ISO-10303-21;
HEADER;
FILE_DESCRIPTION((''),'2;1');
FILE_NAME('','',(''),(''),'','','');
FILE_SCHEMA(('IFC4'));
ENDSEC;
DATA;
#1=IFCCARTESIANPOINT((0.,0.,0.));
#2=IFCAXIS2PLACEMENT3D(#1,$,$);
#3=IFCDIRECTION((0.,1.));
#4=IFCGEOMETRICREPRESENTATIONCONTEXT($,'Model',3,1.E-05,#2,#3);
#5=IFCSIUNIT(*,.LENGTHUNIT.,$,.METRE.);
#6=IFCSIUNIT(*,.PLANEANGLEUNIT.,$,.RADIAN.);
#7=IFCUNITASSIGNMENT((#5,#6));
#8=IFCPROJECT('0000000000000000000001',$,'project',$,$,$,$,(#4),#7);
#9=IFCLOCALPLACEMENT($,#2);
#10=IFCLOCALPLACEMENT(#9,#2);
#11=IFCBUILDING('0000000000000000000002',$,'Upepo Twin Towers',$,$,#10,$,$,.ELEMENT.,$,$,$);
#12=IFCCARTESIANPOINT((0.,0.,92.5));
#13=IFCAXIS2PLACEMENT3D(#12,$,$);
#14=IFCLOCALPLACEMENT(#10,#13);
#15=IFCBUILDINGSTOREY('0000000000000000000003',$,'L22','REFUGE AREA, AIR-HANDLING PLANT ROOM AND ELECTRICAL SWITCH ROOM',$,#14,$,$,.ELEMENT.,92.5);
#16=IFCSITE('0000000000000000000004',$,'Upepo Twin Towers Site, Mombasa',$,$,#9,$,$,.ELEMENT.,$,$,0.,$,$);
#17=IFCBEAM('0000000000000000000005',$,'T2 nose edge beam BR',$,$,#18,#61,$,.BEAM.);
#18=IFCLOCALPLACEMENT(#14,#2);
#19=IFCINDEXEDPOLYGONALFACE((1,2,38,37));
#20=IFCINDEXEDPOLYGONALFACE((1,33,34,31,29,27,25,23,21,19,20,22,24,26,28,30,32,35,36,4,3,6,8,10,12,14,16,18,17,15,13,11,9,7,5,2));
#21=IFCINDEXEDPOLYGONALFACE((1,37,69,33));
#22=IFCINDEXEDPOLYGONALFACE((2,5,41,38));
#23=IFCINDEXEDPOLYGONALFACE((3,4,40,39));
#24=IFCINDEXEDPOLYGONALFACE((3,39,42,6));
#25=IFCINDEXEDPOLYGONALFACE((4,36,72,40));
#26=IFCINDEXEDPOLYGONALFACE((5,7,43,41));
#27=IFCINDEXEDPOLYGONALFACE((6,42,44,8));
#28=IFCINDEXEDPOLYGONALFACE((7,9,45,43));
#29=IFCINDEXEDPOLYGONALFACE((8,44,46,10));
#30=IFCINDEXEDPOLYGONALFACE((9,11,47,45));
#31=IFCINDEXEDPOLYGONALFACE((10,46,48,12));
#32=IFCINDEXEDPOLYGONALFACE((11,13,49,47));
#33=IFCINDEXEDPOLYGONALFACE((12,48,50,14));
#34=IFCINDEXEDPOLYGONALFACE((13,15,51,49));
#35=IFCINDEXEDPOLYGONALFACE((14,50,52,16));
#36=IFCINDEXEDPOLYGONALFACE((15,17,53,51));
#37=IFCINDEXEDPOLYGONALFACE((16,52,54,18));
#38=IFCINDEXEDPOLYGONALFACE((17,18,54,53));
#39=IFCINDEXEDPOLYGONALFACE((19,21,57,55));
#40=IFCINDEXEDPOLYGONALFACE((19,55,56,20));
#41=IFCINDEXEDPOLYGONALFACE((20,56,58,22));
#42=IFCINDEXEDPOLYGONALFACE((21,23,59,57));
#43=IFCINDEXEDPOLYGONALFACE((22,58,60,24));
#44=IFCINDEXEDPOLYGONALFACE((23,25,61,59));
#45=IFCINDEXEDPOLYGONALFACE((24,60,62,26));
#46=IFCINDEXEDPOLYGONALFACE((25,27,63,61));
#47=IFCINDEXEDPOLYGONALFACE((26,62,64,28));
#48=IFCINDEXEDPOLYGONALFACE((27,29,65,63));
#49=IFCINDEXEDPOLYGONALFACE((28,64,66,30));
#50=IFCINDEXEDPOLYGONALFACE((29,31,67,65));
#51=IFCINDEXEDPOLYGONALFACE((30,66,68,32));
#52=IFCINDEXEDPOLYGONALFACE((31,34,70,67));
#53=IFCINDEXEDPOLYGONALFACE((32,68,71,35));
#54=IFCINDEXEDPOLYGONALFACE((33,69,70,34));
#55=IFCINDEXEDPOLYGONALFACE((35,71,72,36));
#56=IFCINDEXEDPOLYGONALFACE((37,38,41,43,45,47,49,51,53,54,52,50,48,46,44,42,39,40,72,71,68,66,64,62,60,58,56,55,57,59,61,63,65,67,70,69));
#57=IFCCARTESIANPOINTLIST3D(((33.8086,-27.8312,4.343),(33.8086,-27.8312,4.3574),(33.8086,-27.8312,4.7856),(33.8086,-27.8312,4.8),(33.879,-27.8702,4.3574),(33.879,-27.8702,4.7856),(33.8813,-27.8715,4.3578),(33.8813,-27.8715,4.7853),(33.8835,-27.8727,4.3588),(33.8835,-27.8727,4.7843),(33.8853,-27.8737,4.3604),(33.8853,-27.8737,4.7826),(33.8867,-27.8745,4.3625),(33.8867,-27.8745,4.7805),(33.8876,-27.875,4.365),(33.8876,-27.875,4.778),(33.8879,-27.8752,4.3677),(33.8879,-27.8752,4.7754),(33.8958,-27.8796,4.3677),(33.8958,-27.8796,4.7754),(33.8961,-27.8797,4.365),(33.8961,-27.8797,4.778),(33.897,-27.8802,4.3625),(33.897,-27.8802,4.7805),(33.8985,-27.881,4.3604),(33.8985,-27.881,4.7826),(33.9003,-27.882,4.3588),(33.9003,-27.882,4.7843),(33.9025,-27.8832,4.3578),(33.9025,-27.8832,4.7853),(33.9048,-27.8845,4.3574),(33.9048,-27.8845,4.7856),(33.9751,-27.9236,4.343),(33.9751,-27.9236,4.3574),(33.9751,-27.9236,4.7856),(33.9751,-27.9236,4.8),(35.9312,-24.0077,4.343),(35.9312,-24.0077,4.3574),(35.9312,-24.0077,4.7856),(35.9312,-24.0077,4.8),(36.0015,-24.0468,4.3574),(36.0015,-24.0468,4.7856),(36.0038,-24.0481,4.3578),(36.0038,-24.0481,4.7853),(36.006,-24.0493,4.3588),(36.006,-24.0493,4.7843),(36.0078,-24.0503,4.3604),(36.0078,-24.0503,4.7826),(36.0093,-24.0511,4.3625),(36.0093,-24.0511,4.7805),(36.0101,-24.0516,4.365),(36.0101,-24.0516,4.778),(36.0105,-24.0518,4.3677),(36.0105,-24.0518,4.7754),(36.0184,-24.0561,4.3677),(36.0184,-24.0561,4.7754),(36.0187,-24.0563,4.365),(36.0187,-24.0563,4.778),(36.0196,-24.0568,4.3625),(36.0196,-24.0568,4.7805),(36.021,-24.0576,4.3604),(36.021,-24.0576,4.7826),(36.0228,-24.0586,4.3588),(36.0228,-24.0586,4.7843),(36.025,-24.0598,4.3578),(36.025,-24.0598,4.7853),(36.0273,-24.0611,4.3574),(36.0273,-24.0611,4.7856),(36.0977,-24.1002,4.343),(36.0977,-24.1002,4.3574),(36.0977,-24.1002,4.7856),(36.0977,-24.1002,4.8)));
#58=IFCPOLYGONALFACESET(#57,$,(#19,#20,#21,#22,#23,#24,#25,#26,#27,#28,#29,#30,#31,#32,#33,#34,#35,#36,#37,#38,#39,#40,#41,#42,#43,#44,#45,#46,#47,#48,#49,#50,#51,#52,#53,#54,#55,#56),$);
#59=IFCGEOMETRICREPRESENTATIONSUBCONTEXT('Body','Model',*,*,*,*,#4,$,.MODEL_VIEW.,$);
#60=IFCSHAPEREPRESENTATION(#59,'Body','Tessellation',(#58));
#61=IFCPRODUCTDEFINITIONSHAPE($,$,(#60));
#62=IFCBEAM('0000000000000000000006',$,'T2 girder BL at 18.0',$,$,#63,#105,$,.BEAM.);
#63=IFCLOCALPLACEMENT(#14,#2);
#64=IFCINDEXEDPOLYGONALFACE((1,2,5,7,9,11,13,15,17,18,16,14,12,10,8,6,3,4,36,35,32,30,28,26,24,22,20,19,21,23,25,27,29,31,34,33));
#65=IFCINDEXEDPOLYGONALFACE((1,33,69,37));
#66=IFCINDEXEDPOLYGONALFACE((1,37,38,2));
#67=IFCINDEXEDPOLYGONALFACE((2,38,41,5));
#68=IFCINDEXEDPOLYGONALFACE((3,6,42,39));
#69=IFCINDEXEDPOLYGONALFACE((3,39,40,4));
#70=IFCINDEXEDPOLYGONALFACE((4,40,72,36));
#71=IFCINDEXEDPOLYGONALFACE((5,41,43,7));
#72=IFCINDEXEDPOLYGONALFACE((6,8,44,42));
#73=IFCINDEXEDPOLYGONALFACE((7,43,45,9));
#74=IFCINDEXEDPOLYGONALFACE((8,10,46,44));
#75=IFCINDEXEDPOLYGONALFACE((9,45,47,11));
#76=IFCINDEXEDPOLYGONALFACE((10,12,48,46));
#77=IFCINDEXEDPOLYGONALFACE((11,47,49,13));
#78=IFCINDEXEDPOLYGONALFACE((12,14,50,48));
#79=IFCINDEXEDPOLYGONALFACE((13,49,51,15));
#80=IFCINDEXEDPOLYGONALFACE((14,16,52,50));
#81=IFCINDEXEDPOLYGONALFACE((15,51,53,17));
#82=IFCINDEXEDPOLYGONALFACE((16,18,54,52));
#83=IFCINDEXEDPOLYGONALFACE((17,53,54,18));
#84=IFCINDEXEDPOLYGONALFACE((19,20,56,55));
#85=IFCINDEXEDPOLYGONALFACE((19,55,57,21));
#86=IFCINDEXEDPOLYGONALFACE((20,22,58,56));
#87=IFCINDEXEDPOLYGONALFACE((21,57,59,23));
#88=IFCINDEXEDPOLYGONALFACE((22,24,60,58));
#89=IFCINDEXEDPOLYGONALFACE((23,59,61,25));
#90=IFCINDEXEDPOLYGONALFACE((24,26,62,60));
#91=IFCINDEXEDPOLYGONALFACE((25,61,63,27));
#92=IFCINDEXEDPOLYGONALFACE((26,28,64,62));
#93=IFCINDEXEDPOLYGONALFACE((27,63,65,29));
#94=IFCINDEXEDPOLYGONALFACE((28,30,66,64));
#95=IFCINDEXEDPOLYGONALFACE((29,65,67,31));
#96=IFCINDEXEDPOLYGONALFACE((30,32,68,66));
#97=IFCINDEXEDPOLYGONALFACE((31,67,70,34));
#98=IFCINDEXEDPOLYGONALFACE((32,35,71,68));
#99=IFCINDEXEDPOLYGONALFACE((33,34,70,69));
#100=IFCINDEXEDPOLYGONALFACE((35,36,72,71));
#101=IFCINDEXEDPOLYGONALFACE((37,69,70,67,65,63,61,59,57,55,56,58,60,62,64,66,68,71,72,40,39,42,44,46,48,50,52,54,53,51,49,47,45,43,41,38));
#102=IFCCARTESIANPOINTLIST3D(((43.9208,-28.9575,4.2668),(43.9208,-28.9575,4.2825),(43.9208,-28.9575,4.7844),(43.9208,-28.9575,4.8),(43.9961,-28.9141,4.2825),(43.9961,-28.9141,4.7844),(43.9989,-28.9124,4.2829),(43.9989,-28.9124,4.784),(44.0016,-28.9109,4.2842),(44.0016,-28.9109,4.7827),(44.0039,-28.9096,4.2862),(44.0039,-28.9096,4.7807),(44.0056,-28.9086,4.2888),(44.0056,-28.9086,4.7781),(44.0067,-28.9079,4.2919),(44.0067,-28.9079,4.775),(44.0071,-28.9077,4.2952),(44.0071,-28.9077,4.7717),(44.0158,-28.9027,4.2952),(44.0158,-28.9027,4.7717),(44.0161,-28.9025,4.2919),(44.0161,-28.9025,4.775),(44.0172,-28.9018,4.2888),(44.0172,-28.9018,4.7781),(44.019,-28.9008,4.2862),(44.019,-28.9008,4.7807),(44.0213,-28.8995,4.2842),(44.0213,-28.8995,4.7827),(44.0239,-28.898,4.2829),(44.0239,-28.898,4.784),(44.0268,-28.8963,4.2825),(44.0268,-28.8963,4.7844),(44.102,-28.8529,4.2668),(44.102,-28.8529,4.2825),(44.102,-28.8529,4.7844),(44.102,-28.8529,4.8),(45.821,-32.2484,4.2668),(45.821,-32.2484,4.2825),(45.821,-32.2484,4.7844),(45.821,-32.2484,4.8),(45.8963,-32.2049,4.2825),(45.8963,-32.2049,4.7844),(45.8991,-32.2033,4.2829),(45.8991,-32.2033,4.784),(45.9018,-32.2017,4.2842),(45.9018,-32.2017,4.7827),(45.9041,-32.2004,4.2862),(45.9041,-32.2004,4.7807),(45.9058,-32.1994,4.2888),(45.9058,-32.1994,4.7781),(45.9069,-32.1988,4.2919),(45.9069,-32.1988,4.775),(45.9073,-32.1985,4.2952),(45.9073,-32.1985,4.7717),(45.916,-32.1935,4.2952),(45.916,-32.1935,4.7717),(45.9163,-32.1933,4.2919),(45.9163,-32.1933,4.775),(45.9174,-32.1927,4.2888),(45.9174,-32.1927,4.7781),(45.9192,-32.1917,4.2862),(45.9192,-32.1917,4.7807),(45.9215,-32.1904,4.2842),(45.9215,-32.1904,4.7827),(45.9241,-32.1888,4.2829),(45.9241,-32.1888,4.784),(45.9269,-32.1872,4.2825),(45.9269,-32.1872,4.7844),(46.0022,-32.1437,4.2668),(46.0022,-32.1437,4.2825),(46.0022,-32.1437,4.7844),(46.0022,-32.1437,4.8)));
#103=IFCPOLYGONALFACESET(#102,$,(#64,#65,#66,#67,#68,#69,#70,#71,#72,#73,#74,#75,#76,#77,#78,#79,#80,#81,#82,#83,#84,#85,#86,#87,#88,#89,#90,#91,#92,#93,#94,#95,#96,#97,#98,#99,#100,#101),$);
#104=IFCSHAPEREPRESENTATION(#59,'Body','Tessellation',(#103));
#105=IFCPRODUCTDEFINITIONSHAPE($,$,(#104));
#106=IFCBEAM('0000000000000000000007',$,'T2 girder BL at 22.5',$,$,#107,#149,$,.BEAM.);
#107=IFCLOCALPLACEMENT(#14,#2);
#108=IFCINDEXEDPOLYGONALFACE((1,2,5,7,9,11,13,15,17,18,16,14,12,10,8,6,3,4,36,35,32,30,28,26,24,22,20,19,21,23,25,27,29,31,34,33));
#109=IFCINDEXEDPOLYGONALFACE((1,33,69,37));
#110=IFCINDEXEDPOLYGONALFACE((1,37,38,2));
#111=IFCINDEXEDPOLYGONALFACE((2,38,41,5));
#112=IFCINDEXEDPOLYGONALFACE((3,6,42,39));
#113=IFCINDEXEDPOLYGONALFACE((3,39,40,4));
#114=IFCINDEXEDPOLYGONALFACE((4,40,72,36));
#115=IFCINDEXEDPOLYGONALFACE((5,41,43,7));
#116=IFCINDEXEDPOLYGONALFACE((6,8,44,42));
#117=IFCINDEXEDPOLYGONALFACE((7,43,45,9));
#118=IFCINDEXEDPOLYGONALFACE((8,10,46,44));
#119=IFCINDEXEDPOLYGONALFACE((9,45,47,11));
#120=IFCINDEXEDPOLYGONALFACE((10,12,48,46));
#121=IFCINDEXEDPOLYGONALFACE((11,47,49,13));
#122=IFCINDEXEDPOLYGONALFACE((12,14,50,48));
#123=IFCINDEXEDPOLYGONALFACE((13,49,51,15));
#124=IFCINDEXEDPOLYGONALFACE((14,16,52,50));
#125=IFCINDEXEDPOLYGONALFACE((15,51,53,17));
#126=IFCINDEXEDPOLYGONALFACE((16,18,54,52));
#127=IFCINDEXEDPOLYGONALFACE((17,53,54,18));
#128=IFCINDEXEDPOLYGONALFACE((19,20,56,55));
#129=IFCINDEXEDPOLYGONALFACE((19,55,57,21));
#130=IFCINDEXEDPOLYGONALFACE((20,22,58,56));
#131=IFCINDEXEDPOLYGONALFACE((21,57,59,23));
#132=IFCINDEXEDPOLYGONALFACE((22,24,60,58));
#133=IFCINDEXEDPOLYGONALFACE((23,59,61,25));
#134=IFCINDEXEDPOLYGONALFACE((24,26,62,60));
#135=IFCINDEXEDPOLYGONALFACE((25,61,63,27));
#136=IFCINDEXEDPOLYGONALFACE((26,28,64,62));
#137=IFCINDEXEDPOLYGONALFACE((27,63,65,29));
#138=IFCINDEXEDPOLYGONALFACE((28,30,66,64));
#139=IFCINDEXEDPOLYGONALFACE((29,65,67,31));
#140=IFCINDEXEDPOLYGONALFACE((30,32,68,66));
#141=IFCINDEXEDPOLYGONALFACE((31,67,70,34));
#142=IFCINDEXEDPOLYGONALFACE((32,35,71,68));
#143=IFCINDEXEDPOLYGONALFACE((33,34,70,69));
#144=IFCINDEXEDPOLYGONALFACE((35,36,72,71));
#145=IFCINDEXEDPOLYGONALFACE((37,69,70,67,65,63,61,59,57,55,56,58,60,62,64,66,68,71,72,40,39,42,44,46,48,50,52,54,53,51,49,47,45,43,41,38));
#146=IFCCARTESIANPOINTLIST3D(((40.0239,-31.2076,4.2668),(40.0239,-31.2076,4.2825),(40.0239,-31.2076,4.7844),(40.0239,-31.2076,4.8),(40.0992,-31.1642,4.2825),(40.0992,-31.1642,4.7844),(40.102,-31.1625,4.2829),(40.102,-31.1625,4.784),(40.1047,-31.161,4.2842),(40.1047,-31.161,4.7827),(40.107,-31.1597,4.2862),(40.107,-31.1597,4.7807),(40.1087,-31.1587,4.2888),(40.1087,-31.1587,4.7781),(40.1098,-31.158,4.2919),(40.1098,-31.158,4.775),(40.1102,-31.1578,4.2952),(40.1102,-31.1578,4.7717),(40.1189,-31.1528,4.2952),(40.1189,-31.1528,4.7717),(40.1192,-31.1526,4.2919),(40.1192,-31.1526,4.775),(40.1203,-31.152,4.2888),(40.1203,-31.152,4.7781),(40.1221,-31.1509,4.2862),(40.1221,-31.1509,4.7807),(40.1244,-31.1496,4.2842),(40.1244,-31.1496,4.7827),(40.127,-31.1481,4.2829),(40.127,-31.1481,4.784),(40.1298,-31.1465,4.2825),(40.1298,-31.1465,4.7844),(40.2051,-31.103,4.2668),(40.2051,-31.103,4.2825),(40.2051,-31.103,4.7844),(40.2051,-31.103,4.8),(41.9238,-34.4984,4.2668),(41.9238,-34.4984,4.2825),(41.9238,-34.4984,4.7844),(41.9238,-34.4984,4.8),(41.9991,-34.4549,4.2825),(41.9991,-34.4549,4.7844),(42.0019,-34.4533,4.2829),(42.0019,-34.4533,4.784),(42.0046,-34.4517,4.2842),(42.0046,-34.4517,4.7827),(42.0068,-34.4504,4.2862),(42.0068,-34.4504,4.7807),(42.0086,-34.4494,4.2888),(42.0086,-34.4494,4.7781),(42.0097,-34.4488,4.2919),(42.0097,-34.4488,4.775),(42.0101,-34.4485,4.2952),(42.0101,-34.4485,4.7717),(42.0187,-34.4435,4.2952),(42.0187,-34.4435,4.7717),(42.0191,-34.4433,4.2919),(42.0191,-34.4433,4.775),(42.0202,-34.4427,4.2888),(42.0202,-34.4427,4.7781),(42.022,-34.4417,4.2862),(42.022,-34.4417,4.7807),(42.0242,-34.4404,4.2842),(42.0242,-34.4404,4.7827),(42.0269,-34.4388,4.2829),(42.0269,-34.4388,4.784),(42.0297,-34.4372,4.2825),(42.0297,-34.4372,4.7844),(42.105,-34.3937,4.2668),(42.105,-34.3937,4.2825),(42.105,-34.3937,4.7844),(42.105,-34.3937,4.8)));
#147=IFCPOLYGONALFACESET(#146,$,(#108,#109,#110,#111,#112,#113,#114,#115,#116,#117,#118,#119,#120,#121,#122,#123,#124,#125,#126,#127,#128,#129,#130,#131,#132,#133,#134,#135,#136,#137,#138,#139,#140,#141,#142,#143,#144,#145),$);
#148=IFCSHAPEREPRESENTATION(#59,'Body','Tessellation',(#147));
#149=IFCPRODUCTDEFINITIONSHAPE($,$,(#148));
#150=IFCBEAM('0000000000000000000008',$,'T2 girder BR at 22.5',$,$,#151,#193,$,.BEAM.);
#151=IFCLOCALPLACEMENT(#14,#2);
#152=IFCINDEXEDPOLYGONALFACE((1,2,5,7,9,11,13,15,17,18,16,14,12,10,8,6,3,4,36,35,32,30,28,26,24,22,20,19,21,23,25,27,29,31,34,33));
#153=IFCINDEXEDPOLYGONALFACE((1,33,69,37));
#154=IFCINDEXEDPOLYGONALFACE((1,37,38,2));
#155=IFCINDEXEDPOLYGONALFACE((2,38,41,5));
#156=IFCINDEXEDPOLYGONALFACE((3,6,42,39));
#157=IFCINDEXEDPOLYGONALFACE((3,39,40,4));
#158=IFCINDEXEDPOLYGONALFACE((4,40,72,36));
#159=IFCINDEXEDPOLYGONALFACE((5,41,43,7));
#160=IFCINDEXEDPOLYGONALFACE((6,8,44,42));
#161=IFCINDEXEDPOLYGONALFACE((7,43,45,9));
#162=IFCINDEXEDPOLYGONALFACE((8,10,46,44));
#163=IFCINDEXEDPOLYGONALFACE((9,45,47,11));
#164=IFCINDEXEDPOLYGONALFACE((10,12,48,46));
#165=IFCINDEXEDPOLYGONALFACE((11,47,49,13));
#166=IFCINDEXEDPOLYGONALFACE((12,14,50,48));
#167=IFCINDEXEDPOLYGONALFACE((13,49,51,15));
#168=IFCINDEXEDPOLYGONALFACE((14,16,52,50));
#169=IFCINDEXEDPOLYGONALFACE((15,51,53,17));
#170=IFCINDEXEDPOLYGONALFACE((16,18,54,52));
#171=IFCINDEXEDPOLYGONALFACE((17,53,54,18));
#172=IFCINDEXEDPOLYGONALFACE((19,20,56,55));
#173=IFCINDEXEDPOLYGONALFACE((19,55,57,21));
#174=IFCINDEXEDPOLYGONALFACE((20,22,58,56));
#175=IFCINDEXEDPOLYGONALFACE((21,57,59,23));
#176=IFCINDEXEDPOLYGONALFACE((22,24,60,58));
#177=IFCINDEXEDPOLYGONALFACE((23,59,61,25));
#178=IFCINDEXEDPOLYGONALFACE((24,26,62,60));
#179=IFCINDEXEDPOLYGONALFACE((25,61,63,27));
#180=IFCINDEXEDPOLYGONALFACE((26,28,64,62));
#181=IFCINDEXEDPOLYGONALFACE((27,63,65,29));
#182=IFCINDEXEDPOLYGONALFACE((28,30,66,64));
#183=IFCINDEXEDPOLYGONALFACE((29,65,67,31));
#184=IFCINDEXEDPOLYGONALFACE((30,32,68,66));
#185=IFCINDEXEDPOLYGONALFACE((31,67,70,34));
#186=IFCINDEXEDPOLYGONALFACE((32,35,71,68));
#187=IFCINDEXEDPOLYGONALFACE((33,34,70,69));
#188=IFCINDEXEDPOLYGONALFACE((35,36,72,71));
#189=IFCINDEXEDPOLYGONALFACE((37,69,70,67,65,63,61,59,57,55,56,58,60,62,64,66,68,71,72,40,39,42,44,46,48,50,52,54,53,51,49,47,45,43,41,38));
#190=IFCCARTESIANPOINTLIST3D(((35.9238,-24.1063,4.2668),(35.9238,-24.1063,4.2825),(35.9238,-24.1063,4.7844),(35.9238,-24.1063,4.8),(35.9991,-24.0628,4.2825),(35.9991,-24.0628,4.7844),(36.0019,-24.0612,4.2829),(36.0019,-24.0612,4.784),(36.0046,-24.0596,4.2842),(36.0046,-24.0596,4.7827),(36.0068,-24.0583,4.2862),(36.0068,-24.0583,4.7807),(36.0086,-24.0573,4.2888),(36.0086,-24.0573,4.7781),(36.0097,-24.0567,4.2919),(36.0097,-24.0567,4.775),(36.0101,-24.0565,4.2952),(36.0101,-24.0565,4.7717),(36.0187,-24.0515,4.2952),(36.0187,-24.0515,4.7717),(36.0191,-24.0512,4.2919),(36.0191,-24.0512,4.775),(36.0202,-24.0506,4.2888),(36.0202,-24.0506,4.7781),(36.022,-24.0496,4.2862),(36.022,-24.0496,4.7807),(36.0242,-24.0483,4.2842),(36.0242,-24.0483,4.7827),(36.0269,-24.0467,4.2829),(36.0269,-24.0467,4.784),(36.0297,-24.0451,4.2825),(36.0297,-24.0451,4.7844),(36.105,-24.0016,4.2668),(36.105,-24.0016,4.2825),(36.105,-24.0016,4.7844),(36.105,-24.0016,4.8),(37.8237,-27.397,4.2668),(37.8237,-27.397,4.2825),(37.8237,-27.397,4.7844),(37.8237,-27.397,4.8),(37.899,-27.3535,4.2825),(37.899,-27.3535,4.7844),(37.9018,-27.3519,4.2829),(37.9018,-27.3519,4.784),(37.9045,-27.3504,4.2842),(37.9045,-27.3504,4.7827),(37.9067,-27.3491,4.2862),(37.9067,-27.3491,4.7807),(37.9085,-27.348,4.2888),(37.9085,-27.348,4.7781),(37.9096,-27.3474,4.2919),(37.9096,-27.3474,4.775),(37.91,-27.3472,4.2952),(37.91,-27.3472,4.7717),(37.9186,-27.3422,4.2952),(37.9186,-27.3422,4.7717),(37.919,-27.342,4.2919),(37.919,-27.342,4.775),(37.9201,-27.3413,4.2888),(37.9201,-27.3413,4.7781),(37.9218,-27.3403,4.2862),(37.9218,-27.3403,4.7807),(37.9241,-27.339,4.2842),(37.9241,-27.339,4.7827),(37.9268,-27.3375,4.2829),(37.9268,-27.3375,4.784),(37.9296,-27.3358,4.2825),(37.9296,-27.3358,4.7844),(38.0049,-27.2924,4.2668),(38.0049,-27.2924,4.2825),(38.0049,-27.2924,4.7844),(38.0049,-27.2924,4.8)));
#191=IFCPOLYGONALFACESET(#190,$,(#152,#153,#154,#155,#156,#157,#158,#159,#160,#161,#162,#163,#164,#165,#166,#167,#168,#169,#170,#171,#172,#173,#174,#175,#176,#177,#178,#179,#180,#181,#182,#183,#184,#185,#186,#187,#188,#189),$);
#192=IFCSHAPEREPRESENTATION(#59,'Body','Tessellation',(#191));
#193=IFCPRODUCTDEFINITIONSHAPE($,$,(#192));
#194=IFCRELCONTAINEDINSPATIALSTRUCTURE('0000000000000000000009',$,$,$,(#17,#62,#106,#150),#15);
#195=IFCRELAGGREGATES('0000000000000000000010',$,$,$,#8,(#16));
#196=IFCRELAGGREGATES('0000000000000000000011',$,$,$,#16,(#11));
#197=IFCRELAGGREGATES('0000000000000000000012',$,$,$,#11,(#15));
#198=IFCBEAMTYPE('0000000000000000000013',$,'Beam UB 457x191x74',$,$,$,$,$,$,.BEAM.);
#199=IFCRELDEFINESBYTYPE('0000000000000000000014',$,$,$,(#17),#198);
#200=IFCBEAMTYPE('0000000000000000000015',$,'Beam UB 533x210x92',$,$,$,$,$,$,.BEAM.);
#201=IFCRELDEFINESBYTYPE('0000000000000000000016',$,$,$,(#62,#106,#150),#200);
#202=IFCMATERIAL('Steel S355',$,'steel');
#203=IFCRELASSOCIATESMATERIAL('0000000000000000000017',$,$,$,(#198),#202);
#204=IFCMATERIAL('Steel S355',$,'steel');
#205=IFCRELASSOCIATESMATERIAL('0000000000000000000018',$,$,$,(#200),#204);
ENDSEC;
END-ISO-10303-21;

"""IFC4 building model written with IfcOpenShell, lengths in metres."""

from ifc_helpers import new_model, si_unit, direction, frame, origin, origin_2d, place, context, subcontext, project, spatial, i_section, extrude, material, material_profile, profile_set, type_object, element, save


model = new_model("IFC4")

# Units and contexts
model_context = context("Model", 3, precision=1e-05, world=origin(), true_north=direction((0.0, 1.0)))
body_context = subcontext(model_context, "Body", "Model", "MODEL_VIEW")
ifc_project = project(units=[si_unit("LENGTHUNIT", "METRE"), si_unit("PLANEANGLEUNIT", "RADIAN")], contexts=[model_context])

# Site, building, storey
site_placement = place(None, origin())
site = spatial("IfcSite", under=ifc_project, at=site_placement, Name="Upepo Twin Towers Site, Mombasa", CompositionType="ELEMENT", RefElevation=0.0)
building_placement = place(site_placement, origin())
building = spatial("IfcBuilding", under=site, at=building_placement, Name="Upepo Twin Towers", CompositionType="ELEMENT")
storey_placement = place(building_placement, frame((0.0, 0.0, 92.5)))
storey = spatial("IfcBuildingStorey", under=building, at=storey_placement, Name="L22", Description="REFUGE AREA, AIR-HANDLING PLANT ROOM AND ELECTRICAL SWITCH ROOM", CompositionType="ELEMENT", Elevation=92.5)

# Beams
ifc_material_1 = material(Name="Steel S355", Category="steel")
ifc_material_profile_1 = material_profile(ifc_material_1, i_section(OverallWidth=0.1904, OverallDepth=0.457, WebThickness=0.009, FlangeThickness=0.0144, FilletRadius=0.0103, at=origin_2d()), Name="UB 457x191x74")
ifc_profile_set_1 = profile_set([ifc_material_profile_1], Name="Steel S355")
beam_type_1 = type_object("IfcBeamType", Name="Beam UB 457x191x74", PredefinedType="BEAM", material=ifc_profile_set_1)
beam_1_placement = place(storey_placement, frame((36.0144, -24.054, 4.5715), z_axis=(-0.485363, -0.874313, 0.0), x_axis=(0.874313, -0.485363, 0.0)))
element("IfcBeam", 1, at=beam_1_placement, inside=storey, type_object=beam_type_1, Name="T2 nose edge beam BR", PredefinedType="BEAM", context=body_context, shape_type="SweptSolid", body=[
    extrude(i_section(OverallWidth=0.1904, OverallDepth=0.457, WebThickness=0.009, FlangeThickness=0.0144, FilletRadius=0.0103, at=origin_2d()), origin(), (0.0, 0.0, 1.0), 4.373),
])
ifc_material_2 = material(Name="Steel S355", Category="steel")
ifc_material_profile_2 = material_profile(ifc_material_2, i_section(OverallWidth=0.2092, OverallDepth=0.5332, WebThickness=0.01, FlangeThickness=0.0156, FilletRadius=0.0127, at=origin_2d()), Name="UB 533x210x92")
ifc_profile_set_2 = profile_set([ifc_material_profile_2], Name="Steel S355")
beam_type_2 = type_object("IfcBeamType", Name="Beam UB 533x210x92", PredefinedType="BEAM", material=ifc_profile_set_2)
beam_2_placement = place(storey_placement, frame((45.9116, -32.196, 4.5334), z_axis=(-0.500043, 0.866, 0.0), x_axis=(-0.866, -0.500043, 0.0)))
element("IfcBeam", 2, at=beam_2_placement, inside=storey, type_object=beam_type_2, Name="T2 girder BL at 18.0", PredefinedType="BEAM", context=body_context, shape_type="SweptSolid", body=[
    extrude(i_section(OverallWidth=0.2092, OverallDepth=0.5332, WebThickness=0.01, FlangeThickness=0.0156, FilletRadius=0.0127, at=origin_2d()), origin(), (0.0, 0.0, 1.0), 3.8),
])
for number, where, z_axis, x_axis, name in (
    (3, (42.0144, -34.446, 4.5334), (-0.499995, 0.866028, 0.0), (-0.866028, -0.499995, 0.0), "T2 girder BL at 22.5"),
    (4, (36.0144, -24.054, 4.5334), (0.499995, -0.866028, 0.0), (0.866028, 0.499995, 0.0), "T2 girder BR at 22.5"),
):
    element("IfcBeam", number, at=place(storey_placement, frame(where, z_axis=z_axis, x_axis=x_axis)), inside=storey, type_object=beam_type_2, Name=name, PredefinedType="BEAM", context=body_context, shape_type="SweptSolid", body=[
        extrude(i_section(OverallWidth=0.2092, OverallDepth=0.5332, WebThickness=0.01, FlangeThickness=0.0156, FilletRadius=0.0127, at=origin_2d()), origin(), (0.0, 0.0, 1.0), 3.7998),
    ])

save(model, "model.ifc")
